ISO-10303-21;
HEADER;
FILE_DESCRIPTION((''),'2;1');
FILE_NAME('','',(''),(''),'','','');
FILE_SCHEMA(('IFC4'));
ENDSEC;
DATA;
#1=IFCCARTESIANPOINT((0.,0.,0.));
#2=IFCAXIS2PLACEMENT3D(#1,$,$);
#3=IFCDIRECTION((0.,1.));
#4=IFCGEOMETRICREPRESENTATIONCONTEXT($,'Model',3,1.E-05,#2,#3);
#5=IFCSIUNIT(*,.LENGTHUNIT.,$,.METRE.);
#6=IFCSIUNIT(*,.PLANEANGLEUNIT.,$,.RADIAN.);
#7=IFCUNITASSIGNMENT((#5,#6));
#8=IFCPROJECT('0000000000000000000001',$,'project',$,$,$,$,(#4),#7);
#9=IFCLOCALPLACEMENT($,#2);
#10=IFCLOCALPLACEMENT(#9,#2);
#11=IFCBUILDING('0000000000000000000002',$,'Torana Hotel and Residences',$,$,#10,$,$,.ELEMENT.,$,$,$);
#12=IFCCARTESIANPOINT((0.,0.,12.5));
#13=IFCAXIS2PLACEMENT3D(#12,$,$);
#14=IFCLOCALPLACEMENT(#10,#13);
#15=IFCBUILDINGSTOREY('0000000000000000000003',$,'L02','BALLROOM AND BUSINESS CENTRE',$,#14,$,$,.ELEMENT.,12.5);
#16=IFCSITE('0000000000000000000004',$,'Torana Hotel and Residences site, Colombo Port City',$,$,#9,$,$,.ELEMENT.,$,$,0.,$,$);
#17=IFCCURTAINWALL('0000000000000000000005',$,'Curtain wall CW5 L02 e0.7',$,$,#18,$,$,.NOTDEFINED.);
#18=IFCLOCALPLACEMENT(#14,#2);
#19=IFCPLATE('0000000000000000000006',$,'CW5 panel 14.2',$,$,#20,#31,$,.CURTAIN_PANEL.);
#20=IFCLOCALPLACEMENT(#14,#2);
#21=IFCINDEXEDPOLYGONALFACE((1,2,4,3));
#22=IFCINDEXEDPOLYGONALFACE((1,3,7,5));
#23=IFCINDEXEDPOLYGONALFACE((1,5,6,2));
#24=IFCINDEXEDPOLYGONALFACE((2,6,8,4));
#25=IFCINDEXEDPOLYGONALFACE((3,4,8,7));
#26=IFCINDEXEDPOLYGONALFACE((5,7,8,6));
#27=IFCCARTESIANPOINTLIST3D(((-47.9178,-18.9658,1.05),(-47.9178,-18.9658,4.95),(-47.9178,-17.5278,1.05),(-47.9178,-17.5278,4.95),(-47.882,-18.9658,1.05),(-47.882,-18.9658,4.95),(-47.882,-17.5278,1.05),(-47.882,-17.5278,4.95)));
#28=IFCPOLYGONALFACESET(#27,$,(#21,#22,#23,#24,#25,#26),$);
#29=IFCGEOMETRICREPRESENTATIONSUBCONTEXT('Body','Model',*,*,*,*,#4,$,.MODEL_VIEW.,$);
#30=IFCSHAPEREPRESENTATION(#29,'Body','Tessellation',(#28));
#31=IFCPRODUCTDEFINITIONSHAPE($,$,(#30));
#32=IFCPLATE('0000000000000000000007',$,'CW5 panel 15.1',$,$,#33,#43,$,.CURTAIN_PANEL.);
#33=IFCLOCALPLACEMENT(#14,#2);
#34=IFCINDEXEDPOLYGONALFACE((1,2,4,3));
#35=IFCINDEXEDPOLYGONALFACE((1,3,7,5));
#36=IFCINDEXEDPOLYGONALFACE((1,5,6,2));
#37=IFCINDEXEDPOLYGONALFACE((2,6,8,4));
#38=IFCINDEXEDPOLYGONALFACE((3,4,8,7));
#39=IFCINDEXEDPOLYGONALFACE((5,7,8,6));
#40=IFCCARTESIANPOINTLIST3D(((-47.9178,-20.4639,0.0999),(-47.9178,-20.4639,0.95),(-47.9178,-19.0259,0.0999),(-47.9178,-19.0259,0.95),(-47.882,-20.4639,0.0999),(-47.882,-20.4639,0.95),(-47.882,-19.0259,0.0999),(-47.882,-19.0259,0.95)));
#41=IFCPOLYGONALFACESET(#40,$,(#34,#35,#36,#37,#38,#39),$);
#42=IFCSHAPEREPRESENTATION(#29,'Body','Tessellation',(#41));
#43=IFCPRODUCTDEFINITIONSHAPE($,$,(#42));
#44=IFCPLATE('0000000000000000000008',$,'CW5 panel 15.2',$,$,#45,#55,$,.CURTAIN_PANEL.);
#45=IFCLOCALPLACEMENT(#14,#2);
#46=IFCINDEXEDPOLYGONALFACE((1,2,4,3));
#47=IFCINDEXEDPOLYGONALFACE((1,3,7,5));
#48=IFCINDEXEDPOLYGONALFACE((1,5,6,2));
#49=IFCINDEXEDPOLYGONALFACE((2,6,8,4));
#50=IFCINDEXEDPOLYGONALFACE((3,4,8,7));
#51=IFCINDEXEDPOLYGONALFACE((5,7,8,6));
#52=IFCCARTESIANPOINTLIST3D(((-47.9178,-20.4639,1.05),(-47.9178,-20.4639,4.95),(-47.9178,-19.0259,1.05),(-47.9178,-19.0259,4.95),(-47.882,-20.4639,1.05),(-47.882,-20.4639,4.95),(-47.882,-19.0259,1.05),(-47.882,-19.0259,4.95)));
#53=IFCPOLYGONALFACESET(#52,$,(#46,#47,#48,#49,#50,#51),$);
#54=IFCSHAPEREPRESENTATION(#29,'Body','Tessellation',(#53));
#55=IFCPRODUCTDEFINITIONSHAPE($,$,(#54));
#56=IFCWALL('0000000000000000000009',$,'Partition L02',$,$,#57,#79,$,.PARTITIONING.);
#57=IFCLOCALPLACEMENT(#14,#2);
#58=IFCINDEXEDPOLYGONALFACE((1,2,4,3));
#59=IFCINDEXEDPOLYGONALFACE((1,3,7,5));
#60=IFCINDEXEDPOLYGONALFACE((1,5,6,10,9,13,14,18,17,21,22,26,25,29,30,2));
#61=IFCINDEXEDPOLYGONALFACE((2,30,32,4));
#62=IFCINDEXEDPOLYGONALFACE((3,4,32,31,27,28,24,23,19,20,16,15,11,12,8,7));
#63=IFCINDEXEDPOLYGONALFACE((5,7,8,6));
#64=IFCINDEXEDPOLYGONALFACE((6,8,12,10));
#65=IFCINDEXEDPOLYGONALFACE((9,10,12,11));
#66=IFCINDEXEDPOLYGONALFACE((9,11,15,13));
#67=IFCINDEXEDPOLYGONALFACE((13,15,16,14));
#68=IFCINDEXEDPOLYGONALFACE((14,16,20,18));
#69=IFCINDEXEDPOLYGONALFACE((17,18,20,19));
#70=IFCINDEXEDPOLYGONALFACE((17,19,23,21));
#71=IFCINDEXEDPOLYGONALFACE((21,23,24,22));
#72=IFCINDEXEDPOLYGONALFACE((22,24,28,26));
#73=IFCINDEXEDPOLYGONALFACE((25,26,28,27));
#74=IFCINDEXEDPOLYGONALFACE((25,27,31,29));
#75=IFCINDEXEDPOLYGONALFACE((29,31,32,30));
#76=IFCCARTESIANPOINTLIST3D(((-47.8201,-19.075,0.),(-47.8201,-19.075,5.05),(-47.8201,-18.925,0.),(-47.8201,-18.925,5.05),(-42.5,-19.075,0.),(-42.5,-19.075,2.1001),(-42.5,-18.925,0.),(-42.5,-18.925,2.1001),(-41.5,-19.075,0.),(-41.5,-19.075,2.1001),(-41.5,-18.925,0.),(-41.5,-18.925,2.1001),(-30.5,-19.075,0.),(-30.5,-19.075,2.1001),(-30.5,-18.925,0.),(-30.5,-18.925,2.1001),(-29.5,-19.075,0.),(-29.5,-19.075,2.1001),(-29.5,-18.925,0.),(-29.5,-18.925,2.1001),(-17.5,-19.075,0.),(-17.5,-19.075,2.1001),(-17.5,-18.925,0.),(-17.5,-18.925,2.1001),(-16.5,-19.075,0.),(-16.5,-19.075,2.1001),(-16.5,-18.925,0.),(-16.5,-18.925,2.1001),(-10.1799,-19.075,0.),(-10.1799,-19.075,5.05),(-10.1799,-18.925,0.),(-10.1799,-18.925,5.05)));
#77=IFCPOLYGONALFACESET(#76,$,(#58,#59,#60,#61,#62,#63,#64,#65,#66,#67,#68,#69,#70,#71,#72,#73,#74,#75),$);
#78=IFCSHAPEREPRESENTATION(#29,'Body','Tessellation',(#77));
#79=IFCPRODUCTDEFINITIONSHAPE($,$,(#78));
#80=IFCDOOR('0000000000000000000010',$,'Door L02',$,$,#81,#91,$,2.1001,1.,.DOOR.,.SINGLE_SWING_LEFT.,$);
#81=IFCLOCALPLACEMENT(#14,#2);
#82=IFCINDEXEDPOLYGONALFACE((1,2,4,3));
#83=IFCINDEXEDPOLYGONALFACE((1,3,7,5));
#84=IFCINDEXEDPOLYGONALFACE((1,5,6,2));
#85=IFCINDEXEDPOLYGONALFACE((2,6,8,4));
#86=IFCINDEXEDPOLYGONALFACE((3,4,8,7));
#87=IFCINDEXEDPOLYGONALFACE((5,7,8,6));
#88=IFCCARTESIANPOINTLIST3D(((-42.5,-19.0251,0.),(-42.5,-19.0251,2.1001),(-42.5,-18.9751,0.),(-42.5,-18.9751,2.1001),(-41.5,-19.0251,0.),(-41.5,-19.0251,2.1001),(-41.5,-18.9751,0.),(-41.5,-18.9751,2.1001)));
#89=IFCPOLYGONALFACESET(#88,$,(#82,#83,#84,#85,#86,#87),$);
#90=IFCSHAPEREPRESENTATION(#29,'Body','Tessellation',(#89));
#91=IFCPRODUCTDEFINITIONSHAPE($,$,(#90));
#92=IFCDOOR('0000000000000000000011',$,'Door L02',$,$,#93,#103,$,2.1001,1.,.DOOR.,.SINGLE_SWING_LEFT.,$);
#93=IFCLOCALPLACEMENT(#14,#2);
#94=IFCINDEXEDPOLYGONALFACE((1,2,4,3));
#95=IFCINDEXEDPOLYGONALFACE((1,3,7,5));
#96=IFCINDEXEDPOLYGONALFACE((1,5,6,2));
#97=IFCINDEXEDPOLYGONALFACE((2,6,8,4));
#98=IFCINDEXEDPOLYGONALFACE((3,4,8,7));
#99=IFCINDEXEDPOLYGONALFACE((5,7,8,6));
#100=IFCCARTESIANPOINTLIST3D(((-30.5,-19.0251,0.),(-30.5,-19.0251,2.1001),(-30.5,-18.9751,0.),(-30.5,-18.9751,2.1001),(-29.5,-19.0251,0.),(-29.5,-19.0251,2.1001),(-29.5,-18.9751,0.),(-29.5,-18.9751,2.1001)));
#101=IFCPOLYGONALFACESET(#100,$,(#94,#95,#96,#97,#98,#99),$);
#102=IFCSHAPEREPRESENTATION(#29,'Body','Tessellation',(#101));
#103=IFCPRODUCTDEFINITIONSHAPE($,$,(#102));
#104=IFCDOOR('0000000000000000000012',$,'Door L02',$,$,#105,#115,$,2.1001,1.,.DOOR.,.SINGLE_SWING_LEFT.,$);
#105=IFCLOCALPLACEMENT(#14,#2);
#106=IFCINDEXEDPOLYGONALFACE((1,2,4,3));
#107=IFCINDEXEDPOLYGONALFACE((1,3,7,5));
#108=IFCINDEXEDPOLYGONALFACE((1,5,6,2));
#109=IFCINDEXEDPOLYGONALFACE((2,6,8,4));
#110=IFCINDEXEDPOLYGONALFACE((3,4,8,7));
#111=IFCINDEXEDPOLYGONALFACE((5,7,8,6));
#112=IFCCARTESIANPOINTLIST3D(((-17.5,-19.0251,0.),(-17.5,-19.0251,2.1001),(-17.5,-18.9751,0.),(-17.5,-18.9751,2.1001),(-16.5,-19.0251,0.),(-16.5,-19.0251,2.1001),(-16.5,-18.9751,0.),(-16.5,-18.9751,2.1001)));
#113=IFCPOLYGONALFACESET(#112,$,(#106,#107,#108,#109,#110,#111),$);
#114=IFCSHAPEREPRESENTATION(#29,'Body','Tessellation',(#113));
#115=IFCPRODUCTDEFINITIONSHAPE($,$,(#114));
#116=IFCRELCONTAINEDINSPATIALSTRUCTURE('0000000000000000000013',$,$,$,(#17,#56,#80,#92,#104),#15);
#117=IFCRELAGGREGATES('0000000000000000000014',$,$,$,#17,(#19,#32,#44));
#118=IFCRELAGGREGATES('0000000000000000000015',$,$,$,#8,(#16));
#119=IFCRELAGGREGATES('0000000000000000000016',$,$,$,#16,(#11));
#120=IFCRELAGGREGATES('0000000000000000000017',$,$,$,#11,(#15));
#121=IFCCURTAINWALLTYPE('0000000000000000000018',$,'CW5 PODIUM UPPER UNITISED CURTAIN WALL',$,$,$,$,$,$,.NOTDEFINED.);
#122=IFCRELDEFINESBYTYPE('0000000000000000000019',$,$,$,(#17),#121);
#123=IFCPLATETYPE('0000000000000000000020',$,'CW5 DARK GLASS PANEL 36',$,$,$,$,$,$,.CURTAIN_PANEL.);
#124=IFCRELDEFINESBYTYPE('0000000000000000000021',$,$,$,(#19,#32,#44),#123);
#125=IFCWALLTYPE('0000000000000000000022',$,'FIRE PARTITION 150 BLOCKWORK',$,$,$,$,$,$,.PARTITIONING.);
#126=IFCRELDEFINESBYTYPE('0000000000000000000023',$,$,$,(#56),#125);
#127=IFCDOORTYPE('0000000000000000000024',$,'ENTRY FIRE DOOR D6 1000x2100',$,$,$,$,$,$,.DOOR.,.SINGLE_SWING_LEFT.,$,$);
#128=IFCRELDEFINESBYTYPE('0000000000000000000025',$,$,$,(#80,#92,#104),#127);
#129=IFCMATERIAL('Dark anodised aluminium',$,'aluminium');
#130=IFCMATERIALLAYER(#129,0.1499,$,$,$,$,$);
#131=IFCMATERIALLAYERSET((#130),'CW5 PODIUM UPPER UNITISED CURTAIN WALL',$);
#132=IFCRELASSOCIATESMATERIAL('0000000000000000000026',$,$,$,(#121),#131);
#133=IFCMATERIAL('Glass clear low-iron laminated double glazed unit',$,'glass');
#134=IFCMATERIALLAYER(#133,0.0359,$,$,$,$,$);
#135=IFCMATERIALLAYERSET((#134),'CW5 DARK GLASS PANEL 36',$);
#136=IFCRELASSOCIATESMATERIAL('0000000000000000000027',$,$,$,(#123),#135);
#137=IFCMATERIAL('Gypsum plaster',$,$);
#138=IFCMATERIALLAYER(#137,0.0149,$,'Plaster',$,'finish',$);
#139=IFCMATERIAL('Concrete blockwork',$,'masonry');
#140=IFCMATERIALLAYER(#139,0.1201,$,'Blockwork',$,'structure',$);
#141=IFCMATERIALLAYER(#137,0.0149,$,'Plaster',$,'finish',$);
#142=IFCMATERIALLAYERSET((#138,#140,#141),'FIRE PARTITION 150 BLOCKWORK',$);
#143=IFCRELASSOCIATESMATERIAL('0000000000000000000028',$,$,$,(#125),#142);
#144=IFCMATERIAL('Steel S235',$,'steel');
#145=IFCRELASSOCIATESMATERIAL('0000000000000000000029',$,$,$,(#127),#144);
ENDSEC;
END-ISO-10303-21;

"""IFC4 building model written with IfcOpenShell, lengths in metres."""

from ifc_helpers import new_model, si_unit, direction, frame, frame_2d, origin, origin_2d, place, context, subcontext, project, spatial, rectangle, extrude, material, layer, layer_set, type_object, element, fill, aggregate, save


model = new_model("IFC4")

# Units and contexts
model_context = context("Model", 3, precision=1e-05, world=origin(), true_north=direction((0.0, 1.0)))
body_context = subcontext(model_context, "Body", "Model", "MODEL_VIEW")
ifc_project = project(units=[si_unit("LENGTHUNIT", "METRE"), si_unit("PLANEANGLEUNIT", "RADIAN")], contexts=[model_context])

# Site, building, storey
site_placement = place(None, origin())
site = spatial("IfcSite", under=ifc_project, at=site_placement, Name="Torana Hotel and Residences site, Colombo Port City", CompositionType="ELEMENT", RefElevation=0.0)
building_placement = place(site_placement, origin())
building = spatial("IfcBuilding", under=site, at=building_placement, Name="Torana Hotel and Residences", CompositionType="ELEMENT")
storey_placement = place(building_placement, frame((0.0, 0.0, 12.5)))
storey = spatial("IfcBuildingStorey", under=building, at=storey_placement, Name="L02", Description="BALLROOM AND BUSINESS CENTRE", CompositionType="ELEMENT", Elevation=12.5)

# Curtain wall, plates
ifc_material_1 = material(Name="Dark anodised aluminium", Category="aluminium")
ifc_layer_1 = layer(ifc_material_1, 0.1499)
ifc_layer_set_1 = layer_set([ifc_layer_1], Name="CW5 PODIUM UPPER UNITISED CURTAIN WALL")
curtain_wall_type = type_object("IfcCurtainWallType", Name="CW5 PODIUM UPPER UNITISED CURTAIN WALL", PredefinedType="NOTDEFINED", material=ifc_layer_set_1)
curtain_wall_placement = place(storey_placement, origin())
curtain_wall = element("IfcCurtainWall", 1, at=curtain_wall_placement, inside=storey, type_object=curtain_wall_type, Name="Curtain wall CW5 L02 e0.7", PredefinedType="NOTDEFINED")
ifc_material_2 = material(Name="Glass clear low-iron laminated double glazed unit", Category="glass")
ifc_layer_2 = layer(ifc_material_2, 0.0359)
ifc_layer_set_2 = layer_set([ifc_layer_2], Name="CW5 DARK GLASS PANEL 36")
plate_type = type_object("IfcPlateType", Name="CW5 DARK GLASS PANEL 36", PredefinedType="CURTAIN_PANEL", material=ifc_layer_set_2)
plate_1_placement = place(storey_placement, frame((-47.8999, -18.2468, 1.05), z_axis=(0.0, 0.0, 1.0), x_axis=(0.0, -1.0, 0.0)))
plate_1 = element("IfcPlate", 2, at=plate_1_placement, type_object=plate_type, Name="CW5 panel 14.2", PredefinedType="CURTAIN_PANEL", context=body_context, shape_type="SweptSolid", body=[
    extrude(rectangle(XDim=1.438, YDim=0.0359, at=origin_2d()), origin(), (0.0, 0.0, 1.0), 3.8999),
])
plate_2_placement = place(storey_placement, frame((-47.8999, -19.7449, 0.0999), z_axis=(0.0, 0.0, 1.0), x_axis=(0.0, -1.0, 0.0)))
plate_2 = element("IfcPlate", 3, at=plate_2_placement, type_object=plate_type, Name="CW5 panel 15.1", PredefinedType="CURTAIN_PANEL", context=body_context, shape_type="SweptSolid", body=[
    extrude(rectangle(XDim=1.438, YDim=0.0359, at=origin_2d()), origin(), (0.0, 0.0, 1.0), 0.8501),
])
plate_3_placement = place(storey_placement, frame((-47.8999, -19.7449, 1.05), z_axis=(0.0, 0.0, 1.0), x_axis=(0.0, -1.0, 0.0)))
plate_3 = element("IfcPlate", 4, at=plate_3_placement, type_object=plate_type, Name="CW5 panel 15.2", PredefinedType="CURTAIN_PANEL", context=body_context, shape_type="SweptSolid", body=[
    extrude(rectangle(XDim=1.438, YDim=0.0359, at=origin_2d()), origin(), (0.0, 0.0, 1.0), 3.8999),
])
aggregate(curtain_wall, [plate_1, plate_2, plate_3])

# Wall, openings, doors
ifc_material_3 = material(Name="Gypsum plaster")
ifc_layer_3 = layer(ifc_material_3, 0.0149, Name="Plaster", Category="finish")
ifc_material_4 = material(Name="Concrete blockwork", Category="masonry")
ifc_layer_4 = layer(ifc_material_4, 0.1201, Name="Blockwork", Category="structure")
ifc_layer_5 = layer(ifc_material_3, 0.0149, Name="Plaster", Category="finish")
ifc_layer_set_3 = layer_set([ifc_layer_3, ifc_layer_4, ifc_layer_5], Name="FIRE PARTITION 150 BLOCKWORK")
wall_type = type_object("IfcWallType", Name="FIRE PARTITION 150 BLOCKWORK", PredefinedType="PARTITIONING", material=ifc_layer_set_3)
wall_placement = place(storey_placement, frame((-47.8201, -19.0, 0.0), z_axis=(0.0, 0.0, 1.0), x_axis=(1.0, 0.0, 0.0)))
wall = element("IfcWall", 5, at=wall_placement, inside=storey, type_object=wall_type, Name="Partition L02", PredefinedType="PARTITIONING", context=body_context, shape_type="SweptSolid", body=[
    extrude(rectangle(XDim=37.6401, YDim=0.1499, at=frame_2d((18.8201, 0.0))), origin(), (0.0, 0.0, 1.0), 5.05),
])
opening_1_placement = place(wall_placement, frame((5.3201, 0.0, 0.0)))
opening_1 = element("IfcOpeningElement", 6, at=opening_1_placement, cuts=wall, PredefinedType="OPENING", context=body_context, shape_type="SweptSolid", body=[
    extrude(rectangle(XDim=1.0, YDim=2.1001, at=frame_2d((0.5, 1.05))), frame((0.0, 0.085, 0.0), z_axis=(0.0, -1.0, 0.0), x_axis=(1.0, 0.0, 0.0)), (0.0, 0.0, 1.0), 0.1699),
])
opening_2_placement = place(wall_placement, frame((17.3201, 0.0, 0.0)))
opening_2 = element("IfcOpeningElement", 7, at=opening_2_placement, cuts=wall, PredefinedType="OPENING", context=body_context, shape_type="SweptSolid", body=[
    extrude(rectangle(XDim=1.0, YDim=2.1001, at=frame_2d((0.5, 1.05))), frame((0.0, 0.085, 0.0), z_axis=(0.0, -1.0, 0.0), x_axis=(1.0, 0.0, 0.0)), (0.0, 0.0, 1.0), 0.1699),
])
opening_3_placement = place(wall_placement, frame((30.3201, 0.0, 0.0)))
opening_3 = element("IfcOpeningElement", 8, at=opening_3_placement, cuts=wall, PredefinedType="OPENING", context=body_context, shape_type="SweptSolid", body=[
    extrude(rectangle(XDim=1.0, YDim=2.1001, at=frame_2d((0.5, 1.05))), frame((0.0, 0.085, 0.0), z_axis=(0.0, -1.0, 0.0), x_axis=(1.0, 0.0, 0.0)), (0.0, 0.0, 1.0), 0.1699),
])
ifc_material_5 = material(Name="Steel S235", Category="steel")
door_type = type_object("IfcDoorType", Name="ENTRY FIRE DOOR D6 1000x2100", OperationType="SINGLE_SWING_LEFT", PredefinedType="DOOR", material=ifc_material_5)
door_1_placement = place(opening_1_placement, frame((0.5, 0.0, 0.0), z_axis=(0.0, 0.0, 1.0), x_axis=(-1.0, 0.0, 0.0)))
door_1 = element("IfcDoor", 9, at=door_1_placement, inside=storey, type_object=door_type, Name="Door L02", OperationType="SINGLE_SWING_LEFT", OverallHeight=2.1001, OverallWidth=1.0, PredefinedType="DOOR", context=body_context, shape_type="SweptSolid", body=[
    extrude(rectangle(XDim=1.0, YDim=2.1001, at=frame_2d((0.0, 1.05))), frame((0.0, -0.0249, 0.0), z_axis=(0.0, 1.0, 0.0), x_axis=(-1.0, 0.0, 0.0)), (0.0, 0.0, 1.0), 0.05),
])
fill(opening_1, door_1)
door_2_placement = place(opening_2_placement, frame((0.5, 0.0, 0.0), z_axis=(0.0, 0.0, 1.0), x_axis=(-1.0, 0.0, 0.0)))
door_2 = element("IfcDoor", 10, at=door_2_placement, inside=storey, type_object=door_type, Name="Door L02", OperationType="SINGLE_SWING_LEFT", OverallHeight=2.1001, OverallWidth=1.0, PredefinedType="DOOR", context=body_context, shape_type="SweptSolid", body=[
    extrude(rectangle(XDim=1.0, YDim=2.1001, at=frame_2d((0.0, 1.05))), frame((0.0, -0.0249, 0.0), z_axis=(0.0, 1.0, 0.0), x_axis=(-1.0, 0.0, 0.0)), (0.0, 0.0, 1.0), 0.05),
])
fill(opening_2, door_2)
door_3_placement = place(opening_3_placement, frame((0.5, 0.0, 0.0), z_axis=(0.0, 0.0, 1.0), x_axis=(-1.0, 0.0, 0.0)))
door_3 = element("IfcDoor", 11, at=door_3_placement, inside=storey, type_object=door_type, Name="Door L02", OperationType="SINGLE_SWING_LEFT", OverallHeight=2.1001, OverallWidth=1.0, PredefinedType="DOOR", context=body_context, shape_type="SweptSolid", body=[
    extrude(rectangle(XDim=1.0, YDim=2.1001, at=frame_2d((0.0, 1.05))), frame((0.0, -0.0249, 0.0), z_axis=(0.0, 1.0, 0.0), x_axis=(-1.0, 0.0, 0.0)), (0.0, 0.0, 1.0), 0.05),
])
fill(opening_3, door_3)

save(model, "model.ifc")
